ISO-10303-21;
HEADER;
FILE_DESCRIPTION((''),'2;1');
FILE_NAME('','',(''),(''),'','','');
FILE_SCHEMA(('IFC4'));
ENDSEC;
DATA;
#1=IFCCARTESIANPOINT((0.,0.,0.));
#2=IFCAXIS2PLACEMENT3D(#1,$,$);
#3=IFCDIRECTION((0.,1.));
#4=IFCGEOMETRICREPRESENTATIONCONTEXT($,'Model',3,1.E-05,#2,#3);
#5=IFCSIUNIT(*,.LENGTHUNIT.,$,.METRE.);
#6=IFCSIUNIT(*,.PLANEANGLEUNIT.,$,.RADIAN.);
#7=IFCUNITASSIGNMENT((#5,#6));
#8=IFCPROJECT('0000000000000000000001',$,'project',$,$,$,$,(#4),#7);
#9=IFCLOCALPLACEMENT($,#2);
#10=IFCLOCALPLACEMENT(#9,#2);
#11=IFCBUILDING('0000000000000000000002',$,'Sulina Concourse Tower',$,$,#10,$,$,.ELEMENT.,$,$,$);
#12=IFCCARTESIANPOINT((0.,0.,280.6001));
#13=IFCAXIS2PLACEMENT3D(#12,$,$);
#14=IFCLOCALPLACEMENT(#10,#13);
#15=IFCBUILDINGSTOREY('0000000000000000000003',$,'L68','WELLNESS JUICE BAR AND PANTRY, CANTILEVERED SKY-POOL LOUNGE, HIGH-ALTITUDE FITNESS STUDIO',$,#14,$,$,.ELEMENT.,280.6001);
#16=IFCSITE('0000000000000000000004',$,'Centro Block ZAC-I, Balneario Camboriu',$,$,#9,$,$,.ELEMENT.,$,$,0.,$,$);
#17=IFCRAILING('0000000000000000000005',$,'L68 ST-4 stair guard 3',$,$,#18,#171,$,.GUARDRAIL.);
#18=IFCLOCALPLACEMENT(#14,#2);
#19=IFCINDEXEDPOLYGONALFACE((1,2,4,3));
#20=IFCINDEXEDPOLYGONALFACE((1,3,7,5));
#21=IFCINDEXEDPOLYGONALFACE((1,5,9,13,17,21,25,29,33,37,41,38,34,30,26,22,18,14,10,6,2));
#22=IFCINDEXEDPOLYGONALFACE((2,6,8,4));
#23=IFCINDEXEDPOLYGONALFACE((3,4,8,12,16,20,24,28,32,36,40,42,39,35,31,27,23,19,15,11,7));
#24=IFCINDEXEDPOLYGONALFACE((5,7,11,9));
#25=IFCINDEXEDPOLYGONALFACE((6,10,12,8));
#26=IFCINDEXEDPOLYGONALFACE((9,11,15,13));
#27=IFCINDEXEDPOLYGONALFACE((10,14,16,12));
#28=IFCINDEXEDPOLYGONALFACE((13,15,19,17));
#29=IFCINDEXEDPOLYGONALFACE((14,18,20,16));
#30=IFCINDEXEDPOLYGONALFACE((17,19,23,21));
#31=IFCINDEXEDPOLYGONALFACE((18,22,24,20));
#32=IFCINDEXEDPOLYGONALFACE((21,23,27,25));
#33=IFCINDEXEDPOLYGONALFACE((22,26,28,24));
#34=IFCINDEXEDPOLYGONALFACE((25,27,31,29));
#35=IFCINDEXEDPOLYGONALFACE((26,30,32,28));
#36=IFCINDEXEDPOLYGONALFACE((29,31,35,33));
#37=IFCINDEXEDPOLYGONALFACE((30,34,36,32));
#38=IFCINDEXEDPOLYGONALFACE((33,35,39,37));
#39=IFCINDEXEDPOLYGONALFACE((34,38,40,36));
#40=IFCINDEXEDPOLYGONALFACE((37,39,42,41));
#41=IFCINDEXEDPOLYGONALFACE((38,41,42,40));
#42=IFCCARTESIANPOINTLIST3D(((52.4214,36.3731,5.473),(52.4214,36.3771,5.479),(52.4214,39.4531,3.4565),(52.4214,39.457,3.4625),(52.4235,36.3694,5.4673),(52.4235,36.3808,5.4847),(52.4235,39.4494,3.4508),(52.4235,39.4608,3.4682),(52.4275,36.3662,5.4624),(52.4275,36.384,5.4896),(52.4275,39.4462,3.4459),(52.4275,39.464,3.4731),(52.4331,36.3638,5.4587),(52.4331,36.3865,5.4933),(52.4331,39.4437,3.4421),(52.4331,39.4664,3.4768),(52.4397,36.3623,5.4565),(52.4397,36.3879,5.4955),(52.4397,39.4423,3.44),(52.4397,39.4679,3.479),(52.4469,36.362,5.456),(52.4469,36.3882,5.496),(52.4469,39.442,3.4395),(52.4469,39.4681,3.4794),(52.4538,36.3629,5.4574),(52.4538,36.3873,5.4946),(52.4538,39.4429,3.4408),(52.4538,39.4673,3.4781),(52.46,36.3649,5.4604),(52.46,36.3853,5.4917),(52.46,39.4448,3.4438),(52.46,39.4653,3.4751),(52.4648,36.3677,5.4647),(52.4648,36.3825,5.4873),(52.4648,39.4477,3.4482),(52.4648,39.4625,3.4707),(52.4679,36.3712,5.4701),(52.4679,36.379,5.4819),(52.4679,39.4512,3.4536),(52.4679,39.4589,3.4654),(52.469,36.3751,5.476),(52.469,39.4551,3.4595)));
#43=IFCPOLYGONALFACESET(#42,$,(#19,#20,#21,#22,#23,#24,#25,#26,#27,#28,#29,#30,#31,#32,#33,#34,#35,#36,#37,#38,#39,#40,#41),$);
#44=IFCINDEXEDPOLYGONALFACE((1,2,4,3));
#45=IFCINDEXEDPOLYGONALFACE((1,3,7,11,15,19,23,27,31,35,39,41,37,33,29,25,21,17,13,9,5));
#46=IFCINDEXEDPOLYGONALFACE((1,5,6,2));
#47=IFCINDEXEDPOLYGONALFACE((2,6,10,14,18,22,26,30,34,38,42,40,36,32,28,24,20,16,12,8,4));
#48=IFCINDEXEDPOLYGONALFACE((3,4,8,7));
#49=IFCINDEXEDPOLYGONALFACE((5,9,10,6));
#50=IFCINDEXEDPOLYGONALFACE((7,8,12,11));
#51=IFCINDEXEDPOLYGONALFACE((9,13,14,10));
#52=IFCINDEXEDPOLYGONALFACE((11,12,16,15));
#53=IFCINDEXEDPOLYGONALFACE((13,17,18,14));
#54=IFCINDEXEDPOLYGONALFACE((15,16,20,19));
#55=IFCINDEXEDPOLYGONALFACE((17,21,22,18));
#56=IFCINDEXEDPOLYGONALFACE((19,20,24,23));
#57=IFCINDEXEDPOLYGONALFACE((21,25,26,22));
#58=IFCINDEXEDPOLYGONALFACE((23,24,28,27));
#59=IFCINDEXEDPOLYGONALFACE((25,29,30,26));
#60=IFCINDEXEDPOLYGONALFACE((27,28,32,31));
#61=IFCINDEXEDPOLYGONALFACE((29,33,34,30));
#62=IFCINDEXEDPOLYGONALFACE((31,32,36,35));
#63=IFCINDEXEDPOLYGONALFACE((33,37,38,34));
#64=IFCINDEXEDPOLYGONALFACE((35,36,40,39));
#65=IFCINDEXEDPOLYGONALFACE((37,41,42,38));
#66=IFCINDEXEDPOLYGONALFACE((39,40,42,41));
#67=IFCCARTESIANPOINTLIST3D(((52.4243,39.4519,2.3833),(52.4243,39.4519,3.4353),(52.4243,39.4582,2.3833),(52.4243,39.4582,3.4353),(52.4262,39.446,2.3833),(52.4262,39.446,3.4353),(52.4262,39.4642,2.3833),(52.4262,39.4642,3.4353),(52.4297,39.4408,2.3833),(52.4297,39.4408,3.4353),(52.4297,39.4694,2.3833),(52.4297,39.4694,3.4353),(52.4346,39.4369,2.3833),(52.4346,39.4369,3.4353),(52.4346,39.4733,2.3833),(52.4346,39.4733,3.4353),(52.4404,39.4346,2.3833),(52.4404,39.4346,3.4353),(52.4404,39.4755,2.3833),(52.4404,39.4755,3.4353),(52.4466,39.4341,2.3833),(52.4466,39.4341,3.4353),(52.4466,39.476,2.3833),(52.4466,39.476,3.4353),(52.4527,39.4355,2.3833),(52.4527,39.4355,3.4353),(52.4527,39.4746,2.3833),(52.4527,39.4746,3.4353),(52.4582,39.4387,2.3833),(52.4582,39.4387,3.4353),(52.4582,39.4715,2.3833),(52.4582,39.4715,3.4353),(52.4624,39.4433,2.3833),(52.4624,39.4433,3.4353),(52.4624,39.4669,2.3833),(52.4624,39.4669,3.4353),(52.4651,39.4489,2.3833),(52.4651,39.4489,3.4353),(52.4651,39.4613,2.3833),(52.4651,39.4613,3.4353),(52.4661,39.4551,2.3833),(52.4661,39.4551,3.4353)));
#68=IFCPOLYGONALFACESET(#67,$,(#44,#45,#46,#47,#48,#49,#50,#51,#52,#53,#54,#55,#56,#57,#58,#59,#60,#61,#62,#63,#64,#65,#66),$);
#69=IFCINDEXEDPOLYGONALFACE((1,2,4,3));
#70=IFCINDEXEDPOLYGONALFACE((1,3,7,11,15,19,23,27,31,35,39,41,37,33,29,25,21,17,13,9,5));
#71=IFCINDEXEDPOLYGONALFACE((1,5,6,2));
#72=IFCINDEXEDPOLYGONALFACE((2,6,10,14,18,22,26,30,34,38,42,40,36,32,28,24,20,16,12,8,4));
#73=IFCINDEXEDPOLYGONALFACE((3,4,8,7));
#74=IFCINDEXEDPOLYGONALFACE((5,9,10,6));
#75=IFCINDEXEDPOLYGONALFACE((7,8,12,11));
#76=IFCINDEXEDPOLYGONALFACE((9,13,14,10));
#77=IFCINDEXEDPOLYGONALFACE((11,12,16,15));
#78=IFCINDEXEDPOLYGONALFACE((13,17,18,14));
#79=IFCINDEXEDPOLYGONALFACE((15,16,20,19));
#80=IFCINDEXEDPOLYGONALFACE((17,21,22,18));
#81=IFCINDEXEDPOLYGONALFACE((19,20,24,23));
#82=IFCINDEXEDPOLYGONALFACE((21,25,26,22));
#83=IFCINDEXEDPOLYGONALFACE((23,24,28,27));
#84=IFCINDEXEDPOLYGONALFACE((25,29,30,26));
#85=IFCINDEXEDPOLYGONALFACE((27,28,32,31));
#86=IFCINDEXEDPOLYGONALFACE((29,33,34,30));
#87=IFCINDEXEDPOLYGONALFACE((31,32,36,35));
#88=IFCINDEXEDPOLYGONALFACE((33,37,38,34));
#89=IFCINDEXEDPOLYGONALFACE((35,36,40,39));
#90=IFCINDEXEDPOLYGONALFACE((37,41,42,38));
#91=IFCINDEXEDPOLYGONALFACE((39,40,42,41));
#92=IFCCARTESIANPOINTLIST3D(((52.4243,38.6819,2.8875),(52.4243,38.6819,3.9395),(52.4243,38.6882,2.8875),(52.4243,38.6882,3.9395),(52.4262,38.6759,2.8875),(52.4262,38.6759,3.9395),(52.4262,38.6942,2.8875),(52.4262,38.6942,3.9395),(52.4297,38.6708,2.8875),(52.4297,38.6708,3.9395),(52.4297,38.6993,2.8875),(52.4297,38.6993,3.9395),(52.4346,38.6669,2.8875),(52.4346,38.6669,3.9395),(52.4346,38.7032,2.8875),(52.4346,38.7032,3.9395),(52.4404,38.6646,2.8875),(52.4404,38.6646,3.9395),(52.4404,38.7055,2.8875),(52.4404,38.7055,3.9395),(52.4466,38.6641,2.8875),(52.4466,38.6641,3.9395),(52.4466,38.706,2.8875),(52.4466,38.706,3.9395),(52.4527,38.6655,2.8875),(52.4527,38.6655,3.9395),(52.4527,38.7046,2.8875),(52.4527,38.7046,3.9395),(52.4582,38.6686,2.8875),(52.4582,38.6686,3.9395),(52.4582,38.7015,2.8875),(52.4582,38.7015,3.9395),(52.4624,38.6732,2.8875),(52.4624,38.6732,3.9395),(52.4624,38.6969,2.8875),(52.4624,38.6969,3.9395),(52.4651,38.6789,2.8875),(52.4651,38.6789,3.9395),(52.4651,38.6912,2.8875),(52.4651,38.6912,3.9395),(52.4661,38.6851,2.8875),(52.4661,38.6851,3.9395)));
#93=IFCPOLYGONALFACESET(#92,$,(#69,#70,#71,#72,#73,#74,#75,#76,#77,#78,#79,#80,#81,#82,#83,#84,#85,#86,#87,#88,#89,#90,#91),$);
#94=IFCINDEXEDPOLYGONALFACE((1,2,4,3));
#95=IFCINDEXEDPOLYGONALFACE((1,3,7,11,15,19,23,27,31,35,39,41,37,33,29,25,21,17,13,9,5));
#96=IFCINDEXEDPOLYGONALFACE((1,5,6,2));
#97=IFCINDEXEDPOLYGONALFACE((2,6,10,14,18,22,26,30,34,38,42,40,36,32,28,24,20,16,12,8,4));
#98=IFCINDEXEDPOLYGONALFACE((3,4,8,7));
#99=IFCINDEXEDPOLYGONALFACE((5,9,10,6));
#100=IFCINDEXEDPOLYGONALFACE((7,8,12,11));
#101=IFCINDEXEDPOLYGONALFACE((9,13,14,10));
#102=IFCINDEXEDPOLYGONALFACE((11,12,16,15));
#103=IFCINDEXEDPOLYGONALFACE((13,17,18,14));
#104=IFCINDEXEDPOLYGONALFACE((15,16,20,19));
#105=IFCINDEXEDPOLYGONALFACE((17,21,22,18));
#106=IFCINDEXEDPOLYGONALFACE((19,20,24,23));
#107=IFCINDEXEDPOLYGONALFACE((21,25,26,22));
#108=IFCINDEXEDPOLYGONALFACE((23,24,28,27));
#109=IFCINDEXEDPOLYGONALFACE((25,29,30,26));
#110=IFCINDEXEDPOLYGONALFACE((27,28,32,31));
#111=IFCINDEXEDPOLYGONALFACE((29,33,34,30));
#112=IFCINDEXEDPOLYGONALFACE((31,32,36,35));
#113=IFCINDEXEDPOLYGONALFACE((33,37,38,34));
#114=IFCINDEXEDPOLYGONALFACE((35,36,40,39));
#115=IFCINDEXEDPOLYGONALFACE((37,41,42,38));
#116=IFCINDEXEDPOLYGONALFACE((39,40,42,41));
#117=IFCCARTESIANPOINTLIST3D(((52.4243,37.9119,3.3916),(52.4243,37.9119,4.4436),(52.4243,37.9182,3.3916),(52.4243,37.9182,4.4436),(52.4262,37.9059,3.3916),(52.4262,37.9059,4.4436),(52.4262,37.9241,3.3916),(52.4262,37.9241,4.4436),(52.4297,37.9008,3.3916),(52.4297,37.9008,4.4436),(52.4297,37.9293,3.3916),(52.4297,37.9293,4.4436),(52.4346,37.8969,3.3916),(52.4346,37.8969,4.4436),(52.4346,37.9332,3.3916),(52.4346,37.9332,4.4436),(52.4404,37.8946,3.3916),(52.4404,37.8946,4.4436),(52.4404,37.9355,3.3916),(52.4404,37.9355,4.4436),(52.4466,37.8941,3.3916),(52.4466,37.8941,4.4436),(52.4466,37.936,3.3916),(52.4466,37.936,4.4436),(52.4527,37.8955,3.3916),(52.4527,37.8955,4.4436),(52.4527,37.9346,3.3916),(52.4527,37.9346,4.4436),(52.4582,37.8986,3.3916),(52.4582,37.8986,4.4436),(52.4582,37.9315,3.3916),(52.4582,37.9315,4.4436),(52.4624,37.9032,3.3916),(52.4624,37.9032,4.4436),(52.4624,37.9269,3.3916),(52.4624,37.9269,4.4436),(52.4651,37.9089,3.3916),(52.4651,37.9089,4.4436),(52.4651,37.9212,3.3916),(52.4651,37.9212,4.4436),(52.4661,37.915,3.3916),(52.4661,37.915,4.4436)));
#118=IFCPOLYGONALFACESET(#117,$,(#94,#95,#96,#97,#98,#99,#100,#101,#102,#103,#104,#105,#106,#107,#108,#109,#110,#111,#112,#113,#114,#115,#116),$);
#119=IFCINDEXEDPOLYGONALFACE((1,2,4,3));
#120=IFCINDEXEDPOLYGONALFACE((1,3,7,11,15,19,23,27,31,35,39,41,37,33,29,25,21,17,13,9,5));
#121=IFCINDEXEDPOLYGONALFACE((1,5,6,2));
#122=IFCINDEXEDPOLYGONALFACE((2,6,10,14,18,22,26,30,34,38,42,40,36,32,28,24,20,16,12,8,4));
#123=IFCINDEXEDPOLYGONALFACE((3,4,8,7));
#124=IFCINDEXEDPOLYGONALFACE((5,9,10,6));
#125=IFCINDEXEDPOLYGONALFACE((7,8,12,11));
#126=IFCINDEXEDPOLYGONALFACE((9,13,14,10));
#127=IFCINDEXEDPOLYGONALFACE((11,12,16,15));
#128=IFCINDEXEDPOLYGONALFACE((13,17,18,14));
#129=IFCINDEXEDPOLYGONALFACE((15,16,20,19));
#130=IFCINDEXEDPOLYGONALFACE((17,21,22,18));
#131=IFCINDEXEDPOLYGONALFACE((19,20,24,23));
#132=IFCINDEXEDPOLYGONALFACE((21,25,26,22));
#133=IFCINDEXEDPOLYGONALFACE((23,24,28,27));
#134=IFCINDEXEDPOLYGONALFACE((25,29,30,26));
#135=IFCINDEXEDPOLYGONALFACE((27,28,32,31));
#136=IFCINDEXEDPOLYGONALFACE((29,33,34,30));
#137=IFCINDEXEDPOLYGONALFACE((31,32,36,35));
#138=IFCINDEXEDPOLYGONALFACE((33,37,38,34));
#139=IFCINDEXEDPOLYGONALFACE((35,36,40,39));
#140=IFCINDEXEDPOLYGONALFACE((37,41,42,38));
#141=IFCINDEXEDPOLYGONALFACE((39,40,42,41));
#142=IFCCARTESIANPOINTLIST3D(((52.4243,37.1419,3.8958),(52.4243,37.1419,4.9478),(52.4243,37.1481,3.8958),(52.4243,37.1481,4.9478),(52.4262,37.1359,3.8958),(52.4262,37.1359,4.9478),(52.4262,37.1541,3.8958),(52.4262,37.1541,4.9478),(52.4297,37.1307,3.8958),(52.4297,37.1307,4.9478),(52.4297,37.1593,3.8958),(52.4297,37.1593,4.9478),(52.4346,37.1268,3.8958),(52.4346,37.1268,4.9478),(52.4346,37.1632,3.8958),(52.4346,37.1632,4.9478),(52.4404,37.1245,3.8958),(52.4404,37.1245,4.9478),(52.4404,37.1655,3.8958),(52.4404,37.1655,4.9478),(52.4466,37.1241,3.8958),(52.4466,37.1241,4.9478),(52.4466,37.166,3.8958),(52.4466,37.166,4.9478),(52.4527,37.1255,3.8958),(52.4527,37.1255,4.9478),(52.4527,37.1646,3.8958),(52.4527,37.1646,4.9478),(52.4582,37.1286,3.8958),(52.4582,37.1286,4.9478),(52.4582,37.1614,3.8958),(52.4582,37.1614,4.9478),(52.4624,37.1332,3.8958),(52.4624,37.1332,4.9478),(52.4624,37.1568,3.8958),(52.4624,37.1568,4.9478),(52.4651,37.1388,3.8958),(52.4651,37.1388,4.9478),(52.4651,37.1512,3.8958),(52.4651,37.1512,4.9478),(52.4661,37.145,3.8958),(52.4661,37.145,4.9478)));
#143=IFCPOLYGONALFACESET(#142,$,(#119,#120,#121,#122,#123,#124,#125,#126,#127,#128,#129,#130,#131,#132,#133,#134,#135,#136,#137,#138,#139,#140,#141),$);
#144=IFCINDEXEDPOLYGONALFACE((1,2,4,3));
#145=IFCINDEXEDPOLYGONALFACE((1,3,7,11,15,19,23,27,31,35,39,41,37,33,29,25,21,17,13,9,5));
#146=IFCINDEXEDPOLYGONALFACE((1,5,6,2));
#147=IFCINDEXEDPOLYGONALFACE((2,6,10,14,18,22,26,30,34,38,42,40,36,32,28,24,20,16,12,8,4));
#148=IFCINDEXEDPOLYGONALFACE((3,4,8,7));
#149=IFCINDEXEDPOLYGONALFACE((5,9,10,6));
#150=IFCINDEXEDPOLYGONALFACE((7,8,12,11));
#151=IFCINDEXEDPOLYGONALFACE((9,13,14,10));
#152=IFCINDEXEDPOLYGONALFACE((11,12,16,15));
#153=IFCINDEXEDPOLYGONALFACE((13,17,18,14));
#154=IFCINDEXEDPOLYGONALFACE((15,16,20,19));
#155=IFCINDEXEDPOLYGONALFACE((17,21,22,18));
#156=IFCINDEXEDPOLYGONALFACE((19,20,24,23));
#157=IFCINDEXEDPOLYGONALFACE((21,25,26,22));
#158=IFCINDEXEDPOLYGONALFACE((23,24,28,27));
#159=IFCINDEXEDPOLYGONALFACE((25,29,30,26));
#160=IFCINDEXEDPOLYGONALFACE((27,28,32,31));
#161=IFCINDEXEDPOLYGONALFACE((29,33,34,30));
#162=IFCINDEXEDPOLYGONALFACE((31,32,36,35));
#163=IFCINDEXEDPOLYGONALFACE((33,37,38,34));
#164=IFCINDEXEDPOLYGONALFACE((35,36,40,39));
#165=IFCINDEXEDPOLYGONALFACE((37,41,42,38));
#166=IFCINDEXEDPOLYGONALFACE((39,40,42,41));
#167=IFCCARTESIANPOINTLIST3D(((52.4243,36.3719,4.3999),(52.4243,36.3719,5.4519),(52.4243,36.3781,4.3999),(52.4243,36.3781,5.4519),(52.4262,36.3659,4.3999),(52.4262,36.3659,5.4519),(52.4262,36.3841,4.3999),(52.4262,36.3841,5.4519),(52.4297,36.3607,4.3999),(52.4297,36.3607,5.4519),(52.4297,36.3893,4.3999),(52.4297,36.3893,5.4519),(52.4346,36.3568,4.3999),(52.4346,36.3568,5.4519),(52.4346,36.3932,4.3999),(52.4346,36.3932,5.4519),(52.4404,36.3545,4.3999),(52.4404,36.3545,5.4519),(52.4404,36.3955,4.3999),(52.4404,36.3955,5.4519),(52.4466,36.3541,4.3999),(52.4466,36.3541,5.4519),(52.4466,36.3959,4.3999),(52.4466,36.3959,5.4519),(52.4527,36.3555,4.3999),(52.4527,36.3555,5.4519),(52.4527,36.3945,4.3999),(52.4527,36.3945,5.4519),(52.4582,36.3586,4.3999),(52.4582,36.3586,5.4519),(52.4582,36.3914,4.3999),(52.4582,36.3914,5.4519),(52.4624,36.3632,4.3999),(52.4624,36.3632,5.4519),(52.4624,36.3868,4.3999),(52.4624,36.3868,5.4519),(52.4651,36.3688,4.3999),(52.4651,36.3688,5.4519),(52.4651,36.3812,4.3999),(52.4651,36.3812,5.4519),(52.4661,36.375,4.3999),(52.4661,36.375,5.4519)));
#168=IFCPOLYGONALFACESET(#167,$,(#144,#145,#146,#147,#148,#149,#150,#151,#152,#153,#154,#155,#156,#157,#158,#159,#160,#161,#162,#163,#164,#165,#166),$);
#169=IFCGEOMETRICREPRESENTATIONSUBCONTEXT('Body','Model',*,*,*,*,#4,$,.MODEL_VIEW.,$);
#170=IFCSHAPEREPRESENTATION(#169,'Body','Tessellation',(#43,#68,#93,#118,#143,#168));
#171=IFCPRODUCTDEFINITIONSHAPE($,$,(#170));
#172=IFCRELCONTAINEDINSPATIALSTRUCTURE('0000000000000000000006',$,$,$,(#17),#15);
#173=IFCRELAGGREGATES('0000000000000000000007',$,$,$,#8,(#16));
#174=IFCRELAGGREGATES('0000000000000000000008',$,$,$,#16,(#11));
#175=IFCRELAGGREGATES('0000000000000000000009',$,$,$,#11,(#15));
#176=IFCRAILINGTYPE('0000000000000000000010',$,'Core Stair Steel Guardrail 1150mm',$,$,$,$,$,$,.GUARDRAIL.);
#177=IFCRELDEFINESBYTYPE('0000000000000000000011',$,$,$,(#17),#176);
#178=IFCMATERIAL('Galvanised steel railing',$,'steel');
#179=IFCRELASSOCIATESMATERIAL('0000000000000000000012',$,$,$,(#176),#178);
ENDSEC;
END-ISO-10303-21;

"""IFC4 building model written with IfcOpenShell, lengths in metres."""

from ifc_helpers import new_model, si_unit, direction, frame, origin, origin_2d, place, context, subcontext, project, spatial, circle, extrude, material, type_object, element, save


model = new_model("IFC4")

# Units and contexts
model_context = context("Model", 3, precision=1e-05, world=origin(), true_north=direction((0.0, 1.0)))
body_context = subcontext(model_context, "Body", "Model", "MODEL_VIEW")
ifc_project = project(units=[si_unit("LENGTHUNIT", "METRE"), si_unit("PLANEANGLEUNIT", "RADIAN")], contexts=[model_context])

# Site, building, storey
site_placement = place(None, origin())
site = spatial("IfcSite", under=ifc_project, at=site_placement, Name="Centro Block ZAC-I, Balneario Camboriu", CompositionType="ELEMENT", RefElevation=0.0)
building_placement = place(site_placement, origin())
building = spatial("IfcBuilding", under=site, at=building_placement, Name="Sulina Concourse Tower", CompositionType="ELEMENT")
storey_placement = place(building_placement, frame((0.0, 0.0, 280.6001)))
storey = spatial("IfcBuildingStorey", under=building, at=storey_placement, Name="L68", Description="WELLNESS JUICE BAR AND PANTRY, CANTILEVERED SKY-POOL LOUNGE, HIGH-ALTITUDE FITNESS STUDIO", CompositionType="ELEMENT", Elevation=280.6001)

# Railing
ifc_material_1 = material(Name="Galvanised steel railing", Category="steel")
railing_type_1 = type_object("IfcRailingType", Name="Core Stair Steel Guardrail 1150mm", PredefinedType="GUARDRAIL", material=ifc_material_1)
railing_1_placement = place(storey_placement, frame((52.4451, 39.4551, 2.3833)))
element("IfcRailing", 1, at=railing_1_placement, inside=storey, type_object=railing_type_1, Name="L68 ST-4 stair guard 3", PredefinedType="GUARDRAIL", context=body_context, shape_type="SweptSolid", body=[
    extrude(circle(Radius=0.0239, at=origin_2d()), frame((0.0, 0.0, 1.0762), z_axis=(0.0, -0.836633, 0.547764), x_axis=(1.0, 0.0, 0.0)), (0.0, 0.0, 1.0), 3.6814),
    extrude(circle(Radius=0.021, at=origin_2d()), origin(), (0.0, 0.0, 1.0), 1.052),
    extrude(circle(Radius=0.021, at=origin_2d()), frame((0.0, -0.77, 0.5042)), (0.0, 0.0, 1.0), 1.052),
    extrude(circle(Radius=0.021, at=origin_2d()), frame((0.0, -1.54, 1.0083)), (0.0, 0.0, 1.0), 1.052),
    extrude(circle(Radius=0.021, at=origin_2d()), frame((0.0, -2.3101, 1.5125)), (0.0, 0.0, 1.0), 1.052),
    extrude(circle(Radius=0.021, at=origin_2d()), frame((0.0, -3.0801, 2.0166)), (0.0, 0.0, 1.0), 1.052),
])

save(model, "model.ifc")
